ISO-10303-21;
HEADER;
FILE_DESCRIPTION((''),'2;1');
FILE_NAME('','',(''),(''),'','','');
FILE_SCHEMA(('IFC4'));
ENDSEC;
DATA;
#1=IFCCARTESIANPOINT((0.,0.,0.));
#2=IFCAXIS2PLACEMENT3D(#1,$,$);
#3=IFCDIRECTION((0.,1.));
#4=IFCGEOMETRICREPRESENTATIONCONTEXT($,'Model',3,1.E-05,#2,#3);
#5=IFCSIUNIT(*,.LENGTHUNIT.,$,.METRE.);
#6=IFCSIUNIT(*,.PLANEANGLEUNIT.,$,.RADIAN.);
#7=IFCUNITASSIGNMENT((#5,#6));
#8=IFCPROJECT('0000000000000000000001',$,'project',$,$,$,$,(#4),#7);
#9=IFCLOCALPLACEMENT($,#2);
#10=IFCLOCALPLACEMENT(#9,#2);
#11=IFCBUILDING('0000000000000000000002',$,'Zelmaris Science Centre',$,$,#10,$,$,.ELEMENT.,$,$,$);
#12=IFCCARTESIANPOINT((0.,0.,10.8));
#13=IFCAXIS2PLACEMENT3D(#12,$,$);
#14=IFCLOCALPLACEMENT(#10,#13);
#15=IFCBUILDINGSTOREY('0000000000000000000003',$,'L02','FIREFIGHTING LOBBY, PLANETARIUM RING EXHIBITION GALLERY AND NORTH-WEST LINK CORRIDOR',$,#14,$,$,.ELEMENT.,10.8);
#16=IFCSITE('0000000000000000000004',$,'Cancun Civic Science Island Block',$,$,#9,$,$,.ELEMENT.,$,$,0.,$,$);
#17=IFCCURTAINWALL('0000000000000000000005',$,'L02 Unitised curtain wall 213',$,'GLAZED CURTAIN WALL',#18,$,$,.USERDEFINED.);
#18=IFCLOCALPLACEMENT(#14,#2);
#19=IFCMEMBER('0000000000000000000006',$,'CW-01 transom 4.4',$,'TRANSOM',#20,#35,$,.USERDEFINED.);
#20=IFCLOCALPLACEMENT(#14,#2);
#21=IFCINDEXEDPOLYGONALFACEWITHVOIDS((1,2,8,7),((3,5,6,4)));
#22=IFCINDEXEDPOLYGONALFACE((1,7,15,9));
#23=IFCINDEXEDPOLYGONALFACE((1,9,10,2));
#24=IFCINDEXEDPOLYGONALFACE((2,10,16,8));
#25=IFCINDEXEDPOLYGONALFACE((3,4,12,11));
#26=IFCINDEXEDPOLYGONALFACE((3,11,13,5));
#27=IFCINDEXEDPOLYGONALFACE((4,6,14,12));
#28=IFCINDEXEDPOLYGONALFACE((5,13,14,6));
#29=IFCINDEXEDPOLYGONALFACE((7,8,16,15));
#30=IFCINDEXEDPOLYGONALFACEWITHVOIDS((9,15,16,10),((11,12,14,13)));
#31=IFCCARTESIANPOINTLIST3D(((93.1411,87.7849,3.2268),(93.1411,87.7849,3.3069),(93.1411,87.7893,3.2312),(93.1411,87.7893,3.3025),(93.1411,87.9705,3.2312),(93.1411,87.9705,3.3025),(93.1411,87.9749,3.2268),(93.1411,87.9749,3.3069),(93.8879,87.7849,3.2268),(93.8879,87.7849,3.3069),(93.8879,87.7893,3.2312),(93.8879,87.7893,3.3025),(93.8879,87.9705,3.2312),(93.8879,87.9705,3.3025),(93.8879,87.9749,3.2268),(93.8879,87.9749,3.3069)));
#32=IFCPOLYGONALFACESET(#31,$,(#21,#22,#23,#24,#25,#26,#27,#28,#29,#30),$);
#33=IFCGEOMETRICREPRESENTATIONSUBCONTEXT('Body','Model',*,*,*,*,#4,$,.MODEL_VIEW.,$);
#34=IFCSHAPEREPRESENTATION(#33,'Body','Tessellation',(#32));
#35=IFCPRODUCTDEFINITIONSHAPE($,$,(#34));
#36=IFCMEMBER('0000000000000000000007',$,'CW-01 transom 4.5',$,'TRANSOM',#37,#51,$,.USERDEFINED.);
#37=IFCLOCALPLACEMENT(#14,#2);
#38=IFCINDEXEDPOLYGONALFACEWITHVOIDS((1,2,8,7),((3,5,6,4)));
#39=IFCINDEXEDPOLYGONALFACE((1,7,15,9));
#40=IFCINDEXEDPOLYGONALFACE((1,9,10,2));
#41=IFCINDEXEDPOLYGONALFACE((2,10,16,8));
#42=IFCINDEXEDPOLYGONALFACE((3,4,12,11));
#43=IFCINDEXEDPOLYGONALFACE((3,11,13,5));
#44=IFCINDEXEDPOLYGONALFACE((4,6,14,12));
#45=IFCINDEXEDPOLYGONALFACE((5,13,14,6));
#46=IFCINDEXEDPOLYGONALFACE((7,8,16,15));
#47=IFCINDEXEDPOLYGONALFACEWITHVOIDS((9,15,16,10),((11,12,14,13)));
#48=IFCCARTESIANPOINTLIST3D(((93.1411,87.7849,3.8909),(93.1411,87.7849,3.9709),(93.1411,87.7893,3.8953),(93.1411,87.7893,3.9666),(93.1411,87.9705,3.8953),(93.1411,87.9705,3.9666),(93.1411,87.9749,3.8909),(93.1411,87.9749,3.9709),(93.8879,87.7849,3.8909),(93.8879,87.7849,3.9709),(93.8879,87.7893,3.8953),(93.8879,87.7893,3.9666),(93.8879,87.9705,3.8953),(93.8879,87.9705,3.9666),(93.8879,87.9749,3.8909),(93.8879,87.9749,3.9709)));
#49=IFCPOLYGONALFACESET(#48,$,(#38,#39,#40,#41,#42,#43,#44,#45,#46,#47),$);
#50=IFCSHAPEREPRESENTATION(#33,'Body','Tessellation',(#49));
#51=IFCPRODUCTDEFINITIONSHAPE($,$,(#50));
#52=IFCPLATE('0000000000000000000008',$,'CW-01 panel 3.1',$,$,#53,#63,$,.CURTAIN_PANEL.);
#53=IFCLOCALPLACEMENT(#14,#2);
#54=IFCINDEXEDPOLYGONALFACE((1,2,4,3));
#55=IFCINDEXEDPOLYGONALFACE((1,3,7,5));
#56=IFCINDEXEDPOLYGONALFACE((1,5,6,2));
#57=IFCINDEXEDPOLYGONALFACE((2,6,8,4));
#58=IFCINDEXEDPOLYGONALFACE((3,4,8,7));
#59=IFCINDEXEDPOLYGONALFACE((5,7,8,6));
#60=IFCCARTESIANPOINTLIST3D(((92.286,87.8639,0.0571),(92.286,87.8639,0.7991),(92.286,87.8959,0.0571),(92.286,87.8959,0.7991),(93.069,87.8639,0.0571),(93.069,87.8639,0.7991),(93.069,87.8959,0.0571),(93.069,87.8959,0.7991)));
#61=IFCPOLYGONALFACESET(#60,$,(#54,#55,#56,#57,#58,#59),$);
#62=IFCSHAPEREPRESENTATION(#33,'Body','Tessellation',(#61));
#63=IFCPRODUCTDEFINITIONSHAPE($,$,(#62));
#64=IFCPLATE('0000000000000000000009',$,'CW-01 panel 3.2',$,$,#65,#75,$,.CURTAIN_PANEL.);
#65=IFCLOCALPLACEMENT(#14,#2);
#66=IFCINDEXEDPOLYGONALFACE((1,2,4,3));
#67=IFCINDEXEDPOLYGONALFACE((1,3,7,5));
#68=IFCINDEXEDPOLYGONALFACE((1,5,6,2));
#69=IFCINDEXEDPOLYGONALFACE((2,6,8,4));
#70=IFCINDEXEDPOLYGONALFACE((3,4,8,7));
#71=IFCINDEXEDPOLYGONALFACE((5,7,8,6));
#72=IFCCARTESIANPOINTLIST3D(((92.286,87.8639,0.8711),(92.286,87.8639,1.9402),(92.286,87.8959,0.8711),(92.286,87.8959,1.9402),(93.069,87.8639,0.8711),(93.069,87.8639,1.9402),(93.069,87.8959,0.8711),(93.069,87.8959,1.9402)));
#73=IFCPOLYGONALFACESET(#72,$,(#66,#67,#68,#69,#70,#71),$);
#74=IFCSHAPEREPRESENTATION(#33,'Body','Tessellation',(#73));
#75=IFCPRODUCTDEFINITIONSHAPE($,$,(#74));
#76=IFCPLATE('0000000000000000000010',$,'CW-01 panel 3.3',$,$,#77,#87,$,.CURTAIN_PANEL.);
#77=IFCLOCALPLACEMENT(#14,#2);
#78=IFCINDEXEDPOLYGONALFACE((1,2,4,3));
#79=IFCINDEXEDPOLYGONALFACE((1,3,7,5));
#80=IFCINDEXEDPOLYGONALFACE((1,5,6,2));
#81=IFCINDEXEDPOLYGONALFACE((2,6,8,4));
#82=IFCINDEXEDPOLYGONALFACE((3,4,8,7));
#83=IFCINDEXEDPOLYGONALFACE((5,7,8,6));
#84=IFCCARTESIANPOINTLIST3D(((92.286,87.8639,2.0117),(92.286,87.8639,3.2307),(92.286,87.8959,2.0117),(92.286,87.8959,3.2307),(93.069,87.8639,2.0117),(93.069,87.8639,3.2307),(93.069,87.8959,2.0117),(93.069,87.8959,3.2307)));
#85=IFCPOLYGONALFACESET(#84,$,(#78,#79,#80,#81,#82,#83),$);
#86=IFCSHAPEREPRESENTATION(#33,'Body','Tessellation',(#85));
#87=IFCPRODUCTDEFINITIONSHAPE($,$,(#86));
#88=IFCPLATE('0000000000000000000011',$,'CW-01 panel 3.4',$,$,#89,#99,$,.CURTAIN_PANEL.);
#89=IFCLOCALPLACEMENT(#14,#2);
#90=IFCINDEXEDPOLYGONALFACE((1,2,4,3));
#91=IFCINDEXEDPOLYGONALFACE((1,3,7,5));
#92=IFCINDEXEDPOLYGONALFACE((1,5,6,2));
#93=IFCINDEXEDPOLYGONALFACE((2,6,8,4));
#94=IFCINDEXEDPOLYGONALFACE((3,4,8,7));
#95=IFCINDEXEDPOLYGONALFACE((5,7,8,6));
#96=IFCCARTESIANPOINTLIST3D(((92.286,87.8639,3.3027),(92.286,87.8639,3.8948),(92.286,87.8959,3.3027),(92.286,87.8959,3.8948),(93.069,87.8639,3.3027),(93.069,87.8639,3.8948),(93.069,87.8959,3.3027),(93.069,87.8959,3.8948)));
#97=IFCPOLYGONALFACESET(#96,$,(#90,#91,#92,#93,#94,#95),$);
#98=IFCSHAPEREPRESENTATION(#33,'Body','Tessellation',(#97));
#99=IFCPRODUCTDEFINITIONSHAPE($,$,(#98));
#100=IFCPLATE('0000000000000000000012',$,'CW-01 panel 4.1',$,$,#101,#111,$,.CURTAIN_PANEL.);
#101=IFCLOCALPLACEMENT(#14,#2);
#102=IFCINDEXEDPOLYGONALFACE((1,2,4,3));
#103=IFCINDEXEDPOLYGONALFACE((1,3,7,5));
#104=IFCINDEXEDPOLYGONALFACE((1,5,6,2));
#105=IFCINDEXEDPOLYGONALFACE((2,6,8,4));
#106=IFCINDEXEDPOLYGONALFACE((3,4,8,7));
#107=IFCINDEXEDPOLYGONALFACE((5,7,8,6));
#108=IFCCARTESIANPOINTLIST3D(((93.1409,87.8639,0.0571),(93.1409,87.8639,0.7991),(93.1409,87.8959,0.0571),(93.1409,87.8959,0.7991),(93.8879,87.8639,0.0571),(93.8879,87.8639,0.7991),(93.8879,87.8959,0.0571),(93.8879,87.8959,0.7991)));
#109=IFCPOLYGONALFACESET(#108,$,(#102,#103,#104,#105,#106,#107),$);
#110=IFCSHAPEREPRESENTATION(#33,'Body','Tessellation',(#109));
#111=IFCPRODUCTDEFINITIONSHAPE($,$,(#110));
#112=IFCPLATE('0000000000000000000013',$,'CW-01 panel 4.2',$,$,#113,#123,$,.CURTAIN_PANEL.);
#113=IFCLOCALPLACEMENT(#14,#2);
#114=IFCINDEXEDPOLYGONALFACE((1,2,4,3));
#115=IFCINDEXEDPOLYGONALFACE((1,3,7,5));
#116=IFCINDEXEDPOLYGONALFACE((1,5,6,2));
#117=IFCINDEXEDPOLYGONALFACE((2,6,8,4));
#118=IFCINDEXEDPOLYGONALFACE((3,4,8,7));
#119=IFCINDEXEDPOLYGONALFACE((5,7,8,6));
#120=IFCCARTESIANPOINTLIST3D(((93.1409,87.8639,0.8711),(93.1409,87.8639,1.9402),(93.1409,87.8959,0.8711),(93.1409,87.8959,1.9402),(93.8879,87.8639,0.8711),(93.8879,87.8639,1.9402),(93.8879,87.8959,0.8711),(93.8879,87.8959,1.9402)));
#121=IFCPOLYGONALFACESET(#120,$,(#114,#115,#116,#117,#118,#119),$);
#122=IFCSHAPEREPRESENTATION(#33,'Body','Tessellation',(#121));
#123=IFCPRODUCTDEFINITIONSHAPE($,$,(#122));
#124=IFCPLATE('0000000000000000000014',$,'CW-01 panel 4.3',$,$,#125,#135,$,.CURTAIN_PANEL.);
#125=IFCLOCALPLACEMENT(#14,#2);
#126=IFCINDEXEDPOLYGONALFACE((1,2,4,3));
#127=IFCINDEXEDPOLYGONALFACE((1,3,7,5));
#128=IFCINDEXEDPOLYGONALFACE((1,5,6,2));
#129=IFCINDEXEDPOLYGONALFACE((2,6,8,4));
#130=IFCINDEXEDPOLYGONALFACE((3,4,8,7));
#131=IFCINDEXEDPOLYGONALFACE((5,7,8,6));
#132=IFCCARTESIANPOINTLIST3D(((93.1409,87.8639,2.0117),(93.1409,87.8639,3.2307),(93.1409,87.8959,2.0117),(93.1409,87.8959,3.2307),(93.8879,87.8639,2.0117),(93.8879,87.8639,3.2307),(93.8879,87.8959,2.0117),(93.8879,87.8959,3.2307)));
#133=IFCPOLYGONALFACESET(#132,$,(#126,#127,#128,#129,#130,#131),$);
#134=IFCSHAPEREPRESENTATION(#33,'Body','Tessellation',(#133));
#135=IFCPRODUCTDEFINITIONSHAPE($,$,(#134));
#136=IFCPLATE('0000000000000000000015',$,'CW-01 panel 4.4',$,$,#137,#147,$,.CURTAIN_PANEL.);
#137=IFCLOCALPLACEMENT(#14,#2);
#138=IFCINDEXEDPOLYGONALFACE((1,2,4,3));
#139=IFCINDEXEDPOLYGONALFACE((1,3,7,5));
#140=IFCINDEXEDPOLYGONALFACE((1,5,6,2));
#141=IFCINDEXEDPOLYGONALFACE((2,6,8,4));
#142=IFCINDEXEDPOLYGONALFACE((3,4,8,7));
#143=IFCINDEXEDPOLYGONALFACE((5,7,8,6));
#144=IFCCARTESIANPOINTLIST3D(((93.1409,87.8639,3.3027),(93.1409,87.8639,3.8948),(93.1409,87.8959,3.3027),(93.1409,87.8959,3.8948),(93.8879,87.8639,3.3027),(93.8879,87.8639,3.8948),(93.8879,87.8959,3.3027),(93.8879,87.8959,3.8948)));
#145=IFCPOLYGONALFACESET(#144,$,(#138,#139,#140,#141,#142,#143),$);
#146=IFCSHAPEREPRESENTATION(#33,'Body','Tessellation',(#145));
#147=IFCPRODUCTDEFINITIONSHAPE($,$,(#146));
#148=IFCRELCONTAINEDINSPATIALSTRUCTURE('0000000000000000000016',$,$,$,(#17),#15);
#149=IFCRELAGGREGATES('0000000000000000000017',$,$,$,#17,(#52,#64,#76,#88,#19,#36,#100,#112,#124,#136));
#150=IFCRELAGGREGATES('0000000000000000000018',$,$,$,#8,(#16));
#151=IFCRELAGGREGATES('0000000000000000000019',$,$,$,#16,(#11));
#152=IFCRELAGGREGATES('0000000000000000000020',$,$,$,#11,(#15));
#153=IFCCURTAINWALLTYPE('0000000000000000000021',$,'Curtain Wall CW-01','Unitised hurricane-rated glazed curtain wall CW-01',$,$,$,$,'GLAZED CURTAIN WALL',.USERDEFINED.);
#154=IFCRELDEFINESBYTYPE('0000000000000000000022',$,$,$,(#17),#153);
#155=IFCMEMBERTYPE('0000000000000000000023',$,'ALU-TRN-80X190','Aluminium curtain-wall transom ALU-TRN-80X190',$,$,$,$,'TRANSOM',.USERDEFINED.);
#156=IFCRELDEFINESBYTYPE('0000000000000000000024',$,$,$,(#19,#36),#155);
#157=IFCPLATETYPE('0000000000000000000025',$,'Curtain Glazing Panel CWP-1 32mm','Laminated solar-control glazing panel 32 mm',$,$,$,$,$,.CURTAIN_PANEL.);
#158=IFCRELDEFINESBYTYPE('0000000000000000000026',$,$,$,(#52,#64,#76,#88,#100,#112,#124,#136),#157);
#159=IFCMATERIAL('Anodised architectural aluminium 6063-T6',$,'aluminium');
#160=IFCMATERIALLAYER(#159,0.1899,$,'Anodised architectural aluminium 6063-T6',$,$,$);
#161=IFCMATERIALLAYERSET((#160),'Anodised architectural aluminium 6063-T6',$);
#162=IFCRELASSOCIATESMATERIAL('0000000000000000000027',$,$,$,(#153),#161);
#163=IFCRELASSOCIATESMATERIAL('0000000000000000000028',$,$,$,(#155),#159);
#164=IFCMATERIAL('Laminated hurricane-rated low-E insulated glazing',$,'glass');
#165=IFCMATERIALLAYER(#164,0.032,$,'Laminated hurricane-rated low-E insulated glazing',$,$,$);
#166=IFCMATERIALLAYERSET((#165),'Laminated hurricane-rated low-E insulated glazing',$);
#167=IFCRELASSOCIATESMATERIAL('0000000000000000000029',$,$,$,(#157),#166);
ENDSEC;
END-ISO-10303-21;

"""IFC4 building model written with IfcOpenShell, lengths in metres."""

from ifc_helpers import new_model, si_unit, direction, frame, origin, origin_2d, place, context, subcontext, project, spatial, rectangle, hollow_rectangle, extrude, material, layer, layer_set, material_profile, profile_set, type_object, element, aggregate, save


model = new_model("IFC4")

# Units and contexts
model_context = context("Model", 3, precision=1e-05, world=origin(), true_north=direction((0.0, 1.0)))
body_context = subcontext(model_context, "Body", "Model", "MODEL_VIEW")
ifc_project = project(units=[si_unit("LENGTHUNIT", "METRE"), si_unit("PLANEANGLEUNIT", "RADIAN")], contexts=[model_context])

# Site, building, storey
site_placement = place(None, origin())
site = spatial("IfcSite", under=ifc_project, at=site_placement, Name="Cancun Civic Science Island Block", CompositionType="ELEMENT", RefElevation=0.0)
building_placement = place(site_placement, origin())
building = spatial("IfcBuilding", under=site, at=building_placement, Name="Zelmaris Science Centre", CompositionType="ELEMENT")
storey_placement = place(building_placement, frame((0.0, 0.0, 10.8)))
storey = spatial("IfcBuildingStorey", under=building, at=storey_placement, Name="L02", Description="FIREFIGHTING LOBBY, PLANETARIUM RING EXHIBITION GALLERY AND NORTH-WEST LINK CORRIDOR", CompositionType="ELEMENT", Elevation=10.8)

# Curtain wall, members, plates
ifc_material_1 = material(Name="Anodised architectural aluminium 6063-T6", Category="aluminium")
ifc_layer_1 = layer(ifc_material_1, 0.1899, Name="Anodised architectural aluminium 6063-T6")
ifc_layer_set_1 = layer_set([ifc_layer_1], Name="Anodised architectural aluminium 6063-T6")
curtain_wall_type = type_object("IfcCurtainWallType", Name="Curtain Wall CW-01", Description="Unitised hurricane-rated glazed curtain wall CW-01", ElementType="GLAZED CURTAIN WALL", PredefinedType="USERDEFINED", material=ifc_layer_set_1)
curtain_wall_placement = place(storey_placement, origin())
curtain_wall = element("IfcCurtainWall", 1, at=curtain_wall_placement, inside=storey, type_object=curtain_wall_type, Name="L02 Unitised curtain wall 213", ObjectType="GLAZED CURTAIN WALL", PredefinedType="USERDEFINED")
ifc_material_profile_1 = material_profile(ifc_material_1, hollow_rectangle(XDim=0.0801, YDim=0.1899, WallThickness=0.0044, at=origin_2d()), Name="ALU-TRN-80X190")
ifc_profile_set_1 = profile_set([ifc_material_profile_1], Name="Anodised architectural aluminium 6063-T6")
member_type_1 = type_object("IfcMemberType", Name="ALU-TRN-80X190", Description="Aluminium curtain-wall transom ALU-TRN-80X190", ElementType="TRANSOM", PredefinedType="USERDEFINED", material=ifc_profile_set_1)
member_1_placement = place(storey_placement, frame((93.1411, 87.8799, 3.2668), z_axis=(1.0, 0.0, 0.0), x_axis=(0.0, 0.0, 1.0)))
member_1 = element("IfcMember", 2, at=member_1_placement, type_object=member_type_1, Name="CW-01 transom 4.4", ObjectType="TRANSOM", PredefinedType="USERDEFINED", context=body_context, shape_type="SweptSolid", body=[
    extrude(hollow_rectangle(XDim=0.0801, YDim=0.1899, WallThickness=0.0044, at=origin_2d()), origin(), (0.0, 0.0, 1.0), 0.7468),
])
member_2_placement = place(storey_placement, frame((93.1411, 87.8799, 3.9309), z_axis=(1.0, 0.0, 0.0), x_axis=(0.0, 0.0, 1.0)))
member_2 = element("IfcMember", 3, at=member_2_placement, type_object=member_type_1, Name="CW-01 transom 4.5", ObjectType="TRANSOM", PredefinedType="USERDEFINED", context=body_context, shape_type="SweptSolid", body=[
    extrude(hollow_rectangle(XDim=0.0801, YDim=0.1899, WallThickness=0.0044, at=origin_2d()), origin(), (0.0, 0.0, 1.0), 0.7468),
])
ifc_material_2 = material(Name="Laminated hurricane-rated low-E insulated glazing", Category="glass")
ifc_layer_2 = layer(ifc_material_2, 0.032, Name="Laminated hurricane-rated low-E insulated glazing")
ifc_layer_set_2 = layer_set([ifc_layer_2], Name="Laminated hurricane-rated low-E insulated glazing")
plate_type = type_object("IfcPlateType", Name="Curtain Glazing Panel CWP-1 32mm", Description="Laminated solar-control glazing panel 32 mm", PredefinedType="CURTAIN_PANEL", material=ifc_layer_set_2)
plate_1_placement = place(storey_placement, frame((92.6775, 87.8799, 0.0571), z_axis=(0.0, 0.0, 1.0), x_axis=(1.0, 0.0, 0.0)))
plate_1 = element("IfcPlate", 4, at=plate_1_placement, type_object=plate_type, Name="CW-01 panel 3.1", PredefinedType="CURTAIN_PANEL", context=body_context, shape_type="SweptSolid", body=[
    extrude(rectangle(XDim=0.783, YDim=0.032, at=origin_2d()), origin(), (0.0, 0.0, 1.0), 0.7419),
])
plate_2_placement = place(storey_placement, frame((92.6775, 87.8799, 0.8711), z_axis=(0.0, 0.0, 1.0), x_axis=(1.0, 0.0, 0.0)))
plate_2 = element("IfcPlate", 5, at=plate_2_placement, type_object=plate_type, Name="CW-01 panel 3.2", PredefinedType="CURTAIN_PANEL", context=body_context, shape_type="SweptSolid", body=[
    extrude(rectangle(XDim=0.783, YDim=0.032, at=origin_2d()), origin(), (0.0, 0.0, 1.0), 1.0691),
])
plate_3_placement = place(storey_placement, frame((92.6775, 87.8799, 2.0117), z_axis=(0.0, 0.0, 1.0), x_axis=(1.0, 0.0, 0.0)))
plate_3 = element("IfcPlate", 6, at=plate_3_placement, type_object=plate_type, Name="CW-01 panel 3.3", PredefinedType="CURTAIN_PANEL", context=body_context, shape_type="SweptSolid", body=[
    extrude(rectangle(XDim=0.783, YDim=0.032, at=origin_2d()), origin(), (0.0, 0.0, 1.0), 1.219),
])
plate_4_placement = place(storey_placement, frame((92.6775, 87.8799, 3.3027), z_axis=(0.0, 0.0, 1.0), x_axis=(1.0, 0.0, 0.0)))
plate_4 = element("IfcPlate", 7, at=plate_4_placement, type_object=plate_type, Name="CW-01 panel 3.4", PredefinedType="CURTAIN_PANEL", context=body_context, shape_type="SweptSolid", body=[
    extrude(rectangle(XDim=0.783, YDim=0.032, at=origin_2d()), origin(), (0.0, 0.0, 1.0), 0.592),
])
plate_5_placement = place(storey_placement, frame((93.5144, 87.8799, 0.0571), z_axis=(0.0, 0.0, 1.0), x_axis=(1.0, 0.0, 0.0)))
plate_5 = element("IfcPlate", 8, at=plate_5_placement, type_object=plate_type, Name="CW-01 panel 4.1", PredefinedType="CURTAIN_PANEL", context=body_context, shape_type="SweptSolid", body=[
    extrude(rectangle(XDim=0.7471, YDim=0.032, at=origin_2d()), origin(), (0.0, 0.0, 1.0), 0.7419),
])
plate_6_placement = place(storey_placement, frame((93.5144, 87.8799, 0.8711), z_axis=(0.0, 0.0, 1.0), x_axis=(1.0, 0.0, 0.0)))
plate_6 = element("IfcPlate", 9, at=plate_6_placement, type_object=plate_type, Name="CW-01 panel 4.2", PredefinedType="CURTAIN_PANEL", context=body_context, shape_type="SweptSolid", body=[
    extrude(rectangle(XDim=0.7471, YDim=0.032, at=origin_2d()), origin(), (0.0, 0.0, 1.0), 1.0691),
])
plate_7_placement = place(storey_placement, frame((93.5144, 87.8799, 2.0117), z_axis=(0.0, 0.0, 1.0), x_axis=(1.0, 0.0, 0.0)))
plate_7 = element("IfcPlate", 10, at=plate_7_placement, type_object=plate_type, Name="CW-01 panel 4.3", PredefinedType="CURTAIN_PANEL", context=body_context, shape_type="SweptSolid", body=[
    extrude(rectangle(XDim=0.7471, YDim=0.032, at=origin_2d()), origin(), (0.0, 0.0, 1.0), 1.219),
])
plate_8_placement = place(storey_placement, frame((93.5144, 87.8799, 3.3027), z_axis=(0.0, 0.0, 1.0), x_axis=(1.0, 0.0, 0.0)))
plate_8 = element("IfcPlate", 11, at=plate_8_placement, type_object=plate_type, Name="CW-01 panel 4.4", PredefinedType="CURTAIN_PANEL", context=body_context, shape_type="SweptSolid", body=[
    extrude(rectangle(XDim=0.7471, YDim=0.032, at=origin_2d()), origin(), (0.0, 0.0, 1.0), 0.592),
])
aggregate(curtain_wall, [plate_1, plate_2, plate_3, plate_4, member_1, member_2, plate_5, plate_6, plate_7, plate_8])

save(model, "model.ifc")
